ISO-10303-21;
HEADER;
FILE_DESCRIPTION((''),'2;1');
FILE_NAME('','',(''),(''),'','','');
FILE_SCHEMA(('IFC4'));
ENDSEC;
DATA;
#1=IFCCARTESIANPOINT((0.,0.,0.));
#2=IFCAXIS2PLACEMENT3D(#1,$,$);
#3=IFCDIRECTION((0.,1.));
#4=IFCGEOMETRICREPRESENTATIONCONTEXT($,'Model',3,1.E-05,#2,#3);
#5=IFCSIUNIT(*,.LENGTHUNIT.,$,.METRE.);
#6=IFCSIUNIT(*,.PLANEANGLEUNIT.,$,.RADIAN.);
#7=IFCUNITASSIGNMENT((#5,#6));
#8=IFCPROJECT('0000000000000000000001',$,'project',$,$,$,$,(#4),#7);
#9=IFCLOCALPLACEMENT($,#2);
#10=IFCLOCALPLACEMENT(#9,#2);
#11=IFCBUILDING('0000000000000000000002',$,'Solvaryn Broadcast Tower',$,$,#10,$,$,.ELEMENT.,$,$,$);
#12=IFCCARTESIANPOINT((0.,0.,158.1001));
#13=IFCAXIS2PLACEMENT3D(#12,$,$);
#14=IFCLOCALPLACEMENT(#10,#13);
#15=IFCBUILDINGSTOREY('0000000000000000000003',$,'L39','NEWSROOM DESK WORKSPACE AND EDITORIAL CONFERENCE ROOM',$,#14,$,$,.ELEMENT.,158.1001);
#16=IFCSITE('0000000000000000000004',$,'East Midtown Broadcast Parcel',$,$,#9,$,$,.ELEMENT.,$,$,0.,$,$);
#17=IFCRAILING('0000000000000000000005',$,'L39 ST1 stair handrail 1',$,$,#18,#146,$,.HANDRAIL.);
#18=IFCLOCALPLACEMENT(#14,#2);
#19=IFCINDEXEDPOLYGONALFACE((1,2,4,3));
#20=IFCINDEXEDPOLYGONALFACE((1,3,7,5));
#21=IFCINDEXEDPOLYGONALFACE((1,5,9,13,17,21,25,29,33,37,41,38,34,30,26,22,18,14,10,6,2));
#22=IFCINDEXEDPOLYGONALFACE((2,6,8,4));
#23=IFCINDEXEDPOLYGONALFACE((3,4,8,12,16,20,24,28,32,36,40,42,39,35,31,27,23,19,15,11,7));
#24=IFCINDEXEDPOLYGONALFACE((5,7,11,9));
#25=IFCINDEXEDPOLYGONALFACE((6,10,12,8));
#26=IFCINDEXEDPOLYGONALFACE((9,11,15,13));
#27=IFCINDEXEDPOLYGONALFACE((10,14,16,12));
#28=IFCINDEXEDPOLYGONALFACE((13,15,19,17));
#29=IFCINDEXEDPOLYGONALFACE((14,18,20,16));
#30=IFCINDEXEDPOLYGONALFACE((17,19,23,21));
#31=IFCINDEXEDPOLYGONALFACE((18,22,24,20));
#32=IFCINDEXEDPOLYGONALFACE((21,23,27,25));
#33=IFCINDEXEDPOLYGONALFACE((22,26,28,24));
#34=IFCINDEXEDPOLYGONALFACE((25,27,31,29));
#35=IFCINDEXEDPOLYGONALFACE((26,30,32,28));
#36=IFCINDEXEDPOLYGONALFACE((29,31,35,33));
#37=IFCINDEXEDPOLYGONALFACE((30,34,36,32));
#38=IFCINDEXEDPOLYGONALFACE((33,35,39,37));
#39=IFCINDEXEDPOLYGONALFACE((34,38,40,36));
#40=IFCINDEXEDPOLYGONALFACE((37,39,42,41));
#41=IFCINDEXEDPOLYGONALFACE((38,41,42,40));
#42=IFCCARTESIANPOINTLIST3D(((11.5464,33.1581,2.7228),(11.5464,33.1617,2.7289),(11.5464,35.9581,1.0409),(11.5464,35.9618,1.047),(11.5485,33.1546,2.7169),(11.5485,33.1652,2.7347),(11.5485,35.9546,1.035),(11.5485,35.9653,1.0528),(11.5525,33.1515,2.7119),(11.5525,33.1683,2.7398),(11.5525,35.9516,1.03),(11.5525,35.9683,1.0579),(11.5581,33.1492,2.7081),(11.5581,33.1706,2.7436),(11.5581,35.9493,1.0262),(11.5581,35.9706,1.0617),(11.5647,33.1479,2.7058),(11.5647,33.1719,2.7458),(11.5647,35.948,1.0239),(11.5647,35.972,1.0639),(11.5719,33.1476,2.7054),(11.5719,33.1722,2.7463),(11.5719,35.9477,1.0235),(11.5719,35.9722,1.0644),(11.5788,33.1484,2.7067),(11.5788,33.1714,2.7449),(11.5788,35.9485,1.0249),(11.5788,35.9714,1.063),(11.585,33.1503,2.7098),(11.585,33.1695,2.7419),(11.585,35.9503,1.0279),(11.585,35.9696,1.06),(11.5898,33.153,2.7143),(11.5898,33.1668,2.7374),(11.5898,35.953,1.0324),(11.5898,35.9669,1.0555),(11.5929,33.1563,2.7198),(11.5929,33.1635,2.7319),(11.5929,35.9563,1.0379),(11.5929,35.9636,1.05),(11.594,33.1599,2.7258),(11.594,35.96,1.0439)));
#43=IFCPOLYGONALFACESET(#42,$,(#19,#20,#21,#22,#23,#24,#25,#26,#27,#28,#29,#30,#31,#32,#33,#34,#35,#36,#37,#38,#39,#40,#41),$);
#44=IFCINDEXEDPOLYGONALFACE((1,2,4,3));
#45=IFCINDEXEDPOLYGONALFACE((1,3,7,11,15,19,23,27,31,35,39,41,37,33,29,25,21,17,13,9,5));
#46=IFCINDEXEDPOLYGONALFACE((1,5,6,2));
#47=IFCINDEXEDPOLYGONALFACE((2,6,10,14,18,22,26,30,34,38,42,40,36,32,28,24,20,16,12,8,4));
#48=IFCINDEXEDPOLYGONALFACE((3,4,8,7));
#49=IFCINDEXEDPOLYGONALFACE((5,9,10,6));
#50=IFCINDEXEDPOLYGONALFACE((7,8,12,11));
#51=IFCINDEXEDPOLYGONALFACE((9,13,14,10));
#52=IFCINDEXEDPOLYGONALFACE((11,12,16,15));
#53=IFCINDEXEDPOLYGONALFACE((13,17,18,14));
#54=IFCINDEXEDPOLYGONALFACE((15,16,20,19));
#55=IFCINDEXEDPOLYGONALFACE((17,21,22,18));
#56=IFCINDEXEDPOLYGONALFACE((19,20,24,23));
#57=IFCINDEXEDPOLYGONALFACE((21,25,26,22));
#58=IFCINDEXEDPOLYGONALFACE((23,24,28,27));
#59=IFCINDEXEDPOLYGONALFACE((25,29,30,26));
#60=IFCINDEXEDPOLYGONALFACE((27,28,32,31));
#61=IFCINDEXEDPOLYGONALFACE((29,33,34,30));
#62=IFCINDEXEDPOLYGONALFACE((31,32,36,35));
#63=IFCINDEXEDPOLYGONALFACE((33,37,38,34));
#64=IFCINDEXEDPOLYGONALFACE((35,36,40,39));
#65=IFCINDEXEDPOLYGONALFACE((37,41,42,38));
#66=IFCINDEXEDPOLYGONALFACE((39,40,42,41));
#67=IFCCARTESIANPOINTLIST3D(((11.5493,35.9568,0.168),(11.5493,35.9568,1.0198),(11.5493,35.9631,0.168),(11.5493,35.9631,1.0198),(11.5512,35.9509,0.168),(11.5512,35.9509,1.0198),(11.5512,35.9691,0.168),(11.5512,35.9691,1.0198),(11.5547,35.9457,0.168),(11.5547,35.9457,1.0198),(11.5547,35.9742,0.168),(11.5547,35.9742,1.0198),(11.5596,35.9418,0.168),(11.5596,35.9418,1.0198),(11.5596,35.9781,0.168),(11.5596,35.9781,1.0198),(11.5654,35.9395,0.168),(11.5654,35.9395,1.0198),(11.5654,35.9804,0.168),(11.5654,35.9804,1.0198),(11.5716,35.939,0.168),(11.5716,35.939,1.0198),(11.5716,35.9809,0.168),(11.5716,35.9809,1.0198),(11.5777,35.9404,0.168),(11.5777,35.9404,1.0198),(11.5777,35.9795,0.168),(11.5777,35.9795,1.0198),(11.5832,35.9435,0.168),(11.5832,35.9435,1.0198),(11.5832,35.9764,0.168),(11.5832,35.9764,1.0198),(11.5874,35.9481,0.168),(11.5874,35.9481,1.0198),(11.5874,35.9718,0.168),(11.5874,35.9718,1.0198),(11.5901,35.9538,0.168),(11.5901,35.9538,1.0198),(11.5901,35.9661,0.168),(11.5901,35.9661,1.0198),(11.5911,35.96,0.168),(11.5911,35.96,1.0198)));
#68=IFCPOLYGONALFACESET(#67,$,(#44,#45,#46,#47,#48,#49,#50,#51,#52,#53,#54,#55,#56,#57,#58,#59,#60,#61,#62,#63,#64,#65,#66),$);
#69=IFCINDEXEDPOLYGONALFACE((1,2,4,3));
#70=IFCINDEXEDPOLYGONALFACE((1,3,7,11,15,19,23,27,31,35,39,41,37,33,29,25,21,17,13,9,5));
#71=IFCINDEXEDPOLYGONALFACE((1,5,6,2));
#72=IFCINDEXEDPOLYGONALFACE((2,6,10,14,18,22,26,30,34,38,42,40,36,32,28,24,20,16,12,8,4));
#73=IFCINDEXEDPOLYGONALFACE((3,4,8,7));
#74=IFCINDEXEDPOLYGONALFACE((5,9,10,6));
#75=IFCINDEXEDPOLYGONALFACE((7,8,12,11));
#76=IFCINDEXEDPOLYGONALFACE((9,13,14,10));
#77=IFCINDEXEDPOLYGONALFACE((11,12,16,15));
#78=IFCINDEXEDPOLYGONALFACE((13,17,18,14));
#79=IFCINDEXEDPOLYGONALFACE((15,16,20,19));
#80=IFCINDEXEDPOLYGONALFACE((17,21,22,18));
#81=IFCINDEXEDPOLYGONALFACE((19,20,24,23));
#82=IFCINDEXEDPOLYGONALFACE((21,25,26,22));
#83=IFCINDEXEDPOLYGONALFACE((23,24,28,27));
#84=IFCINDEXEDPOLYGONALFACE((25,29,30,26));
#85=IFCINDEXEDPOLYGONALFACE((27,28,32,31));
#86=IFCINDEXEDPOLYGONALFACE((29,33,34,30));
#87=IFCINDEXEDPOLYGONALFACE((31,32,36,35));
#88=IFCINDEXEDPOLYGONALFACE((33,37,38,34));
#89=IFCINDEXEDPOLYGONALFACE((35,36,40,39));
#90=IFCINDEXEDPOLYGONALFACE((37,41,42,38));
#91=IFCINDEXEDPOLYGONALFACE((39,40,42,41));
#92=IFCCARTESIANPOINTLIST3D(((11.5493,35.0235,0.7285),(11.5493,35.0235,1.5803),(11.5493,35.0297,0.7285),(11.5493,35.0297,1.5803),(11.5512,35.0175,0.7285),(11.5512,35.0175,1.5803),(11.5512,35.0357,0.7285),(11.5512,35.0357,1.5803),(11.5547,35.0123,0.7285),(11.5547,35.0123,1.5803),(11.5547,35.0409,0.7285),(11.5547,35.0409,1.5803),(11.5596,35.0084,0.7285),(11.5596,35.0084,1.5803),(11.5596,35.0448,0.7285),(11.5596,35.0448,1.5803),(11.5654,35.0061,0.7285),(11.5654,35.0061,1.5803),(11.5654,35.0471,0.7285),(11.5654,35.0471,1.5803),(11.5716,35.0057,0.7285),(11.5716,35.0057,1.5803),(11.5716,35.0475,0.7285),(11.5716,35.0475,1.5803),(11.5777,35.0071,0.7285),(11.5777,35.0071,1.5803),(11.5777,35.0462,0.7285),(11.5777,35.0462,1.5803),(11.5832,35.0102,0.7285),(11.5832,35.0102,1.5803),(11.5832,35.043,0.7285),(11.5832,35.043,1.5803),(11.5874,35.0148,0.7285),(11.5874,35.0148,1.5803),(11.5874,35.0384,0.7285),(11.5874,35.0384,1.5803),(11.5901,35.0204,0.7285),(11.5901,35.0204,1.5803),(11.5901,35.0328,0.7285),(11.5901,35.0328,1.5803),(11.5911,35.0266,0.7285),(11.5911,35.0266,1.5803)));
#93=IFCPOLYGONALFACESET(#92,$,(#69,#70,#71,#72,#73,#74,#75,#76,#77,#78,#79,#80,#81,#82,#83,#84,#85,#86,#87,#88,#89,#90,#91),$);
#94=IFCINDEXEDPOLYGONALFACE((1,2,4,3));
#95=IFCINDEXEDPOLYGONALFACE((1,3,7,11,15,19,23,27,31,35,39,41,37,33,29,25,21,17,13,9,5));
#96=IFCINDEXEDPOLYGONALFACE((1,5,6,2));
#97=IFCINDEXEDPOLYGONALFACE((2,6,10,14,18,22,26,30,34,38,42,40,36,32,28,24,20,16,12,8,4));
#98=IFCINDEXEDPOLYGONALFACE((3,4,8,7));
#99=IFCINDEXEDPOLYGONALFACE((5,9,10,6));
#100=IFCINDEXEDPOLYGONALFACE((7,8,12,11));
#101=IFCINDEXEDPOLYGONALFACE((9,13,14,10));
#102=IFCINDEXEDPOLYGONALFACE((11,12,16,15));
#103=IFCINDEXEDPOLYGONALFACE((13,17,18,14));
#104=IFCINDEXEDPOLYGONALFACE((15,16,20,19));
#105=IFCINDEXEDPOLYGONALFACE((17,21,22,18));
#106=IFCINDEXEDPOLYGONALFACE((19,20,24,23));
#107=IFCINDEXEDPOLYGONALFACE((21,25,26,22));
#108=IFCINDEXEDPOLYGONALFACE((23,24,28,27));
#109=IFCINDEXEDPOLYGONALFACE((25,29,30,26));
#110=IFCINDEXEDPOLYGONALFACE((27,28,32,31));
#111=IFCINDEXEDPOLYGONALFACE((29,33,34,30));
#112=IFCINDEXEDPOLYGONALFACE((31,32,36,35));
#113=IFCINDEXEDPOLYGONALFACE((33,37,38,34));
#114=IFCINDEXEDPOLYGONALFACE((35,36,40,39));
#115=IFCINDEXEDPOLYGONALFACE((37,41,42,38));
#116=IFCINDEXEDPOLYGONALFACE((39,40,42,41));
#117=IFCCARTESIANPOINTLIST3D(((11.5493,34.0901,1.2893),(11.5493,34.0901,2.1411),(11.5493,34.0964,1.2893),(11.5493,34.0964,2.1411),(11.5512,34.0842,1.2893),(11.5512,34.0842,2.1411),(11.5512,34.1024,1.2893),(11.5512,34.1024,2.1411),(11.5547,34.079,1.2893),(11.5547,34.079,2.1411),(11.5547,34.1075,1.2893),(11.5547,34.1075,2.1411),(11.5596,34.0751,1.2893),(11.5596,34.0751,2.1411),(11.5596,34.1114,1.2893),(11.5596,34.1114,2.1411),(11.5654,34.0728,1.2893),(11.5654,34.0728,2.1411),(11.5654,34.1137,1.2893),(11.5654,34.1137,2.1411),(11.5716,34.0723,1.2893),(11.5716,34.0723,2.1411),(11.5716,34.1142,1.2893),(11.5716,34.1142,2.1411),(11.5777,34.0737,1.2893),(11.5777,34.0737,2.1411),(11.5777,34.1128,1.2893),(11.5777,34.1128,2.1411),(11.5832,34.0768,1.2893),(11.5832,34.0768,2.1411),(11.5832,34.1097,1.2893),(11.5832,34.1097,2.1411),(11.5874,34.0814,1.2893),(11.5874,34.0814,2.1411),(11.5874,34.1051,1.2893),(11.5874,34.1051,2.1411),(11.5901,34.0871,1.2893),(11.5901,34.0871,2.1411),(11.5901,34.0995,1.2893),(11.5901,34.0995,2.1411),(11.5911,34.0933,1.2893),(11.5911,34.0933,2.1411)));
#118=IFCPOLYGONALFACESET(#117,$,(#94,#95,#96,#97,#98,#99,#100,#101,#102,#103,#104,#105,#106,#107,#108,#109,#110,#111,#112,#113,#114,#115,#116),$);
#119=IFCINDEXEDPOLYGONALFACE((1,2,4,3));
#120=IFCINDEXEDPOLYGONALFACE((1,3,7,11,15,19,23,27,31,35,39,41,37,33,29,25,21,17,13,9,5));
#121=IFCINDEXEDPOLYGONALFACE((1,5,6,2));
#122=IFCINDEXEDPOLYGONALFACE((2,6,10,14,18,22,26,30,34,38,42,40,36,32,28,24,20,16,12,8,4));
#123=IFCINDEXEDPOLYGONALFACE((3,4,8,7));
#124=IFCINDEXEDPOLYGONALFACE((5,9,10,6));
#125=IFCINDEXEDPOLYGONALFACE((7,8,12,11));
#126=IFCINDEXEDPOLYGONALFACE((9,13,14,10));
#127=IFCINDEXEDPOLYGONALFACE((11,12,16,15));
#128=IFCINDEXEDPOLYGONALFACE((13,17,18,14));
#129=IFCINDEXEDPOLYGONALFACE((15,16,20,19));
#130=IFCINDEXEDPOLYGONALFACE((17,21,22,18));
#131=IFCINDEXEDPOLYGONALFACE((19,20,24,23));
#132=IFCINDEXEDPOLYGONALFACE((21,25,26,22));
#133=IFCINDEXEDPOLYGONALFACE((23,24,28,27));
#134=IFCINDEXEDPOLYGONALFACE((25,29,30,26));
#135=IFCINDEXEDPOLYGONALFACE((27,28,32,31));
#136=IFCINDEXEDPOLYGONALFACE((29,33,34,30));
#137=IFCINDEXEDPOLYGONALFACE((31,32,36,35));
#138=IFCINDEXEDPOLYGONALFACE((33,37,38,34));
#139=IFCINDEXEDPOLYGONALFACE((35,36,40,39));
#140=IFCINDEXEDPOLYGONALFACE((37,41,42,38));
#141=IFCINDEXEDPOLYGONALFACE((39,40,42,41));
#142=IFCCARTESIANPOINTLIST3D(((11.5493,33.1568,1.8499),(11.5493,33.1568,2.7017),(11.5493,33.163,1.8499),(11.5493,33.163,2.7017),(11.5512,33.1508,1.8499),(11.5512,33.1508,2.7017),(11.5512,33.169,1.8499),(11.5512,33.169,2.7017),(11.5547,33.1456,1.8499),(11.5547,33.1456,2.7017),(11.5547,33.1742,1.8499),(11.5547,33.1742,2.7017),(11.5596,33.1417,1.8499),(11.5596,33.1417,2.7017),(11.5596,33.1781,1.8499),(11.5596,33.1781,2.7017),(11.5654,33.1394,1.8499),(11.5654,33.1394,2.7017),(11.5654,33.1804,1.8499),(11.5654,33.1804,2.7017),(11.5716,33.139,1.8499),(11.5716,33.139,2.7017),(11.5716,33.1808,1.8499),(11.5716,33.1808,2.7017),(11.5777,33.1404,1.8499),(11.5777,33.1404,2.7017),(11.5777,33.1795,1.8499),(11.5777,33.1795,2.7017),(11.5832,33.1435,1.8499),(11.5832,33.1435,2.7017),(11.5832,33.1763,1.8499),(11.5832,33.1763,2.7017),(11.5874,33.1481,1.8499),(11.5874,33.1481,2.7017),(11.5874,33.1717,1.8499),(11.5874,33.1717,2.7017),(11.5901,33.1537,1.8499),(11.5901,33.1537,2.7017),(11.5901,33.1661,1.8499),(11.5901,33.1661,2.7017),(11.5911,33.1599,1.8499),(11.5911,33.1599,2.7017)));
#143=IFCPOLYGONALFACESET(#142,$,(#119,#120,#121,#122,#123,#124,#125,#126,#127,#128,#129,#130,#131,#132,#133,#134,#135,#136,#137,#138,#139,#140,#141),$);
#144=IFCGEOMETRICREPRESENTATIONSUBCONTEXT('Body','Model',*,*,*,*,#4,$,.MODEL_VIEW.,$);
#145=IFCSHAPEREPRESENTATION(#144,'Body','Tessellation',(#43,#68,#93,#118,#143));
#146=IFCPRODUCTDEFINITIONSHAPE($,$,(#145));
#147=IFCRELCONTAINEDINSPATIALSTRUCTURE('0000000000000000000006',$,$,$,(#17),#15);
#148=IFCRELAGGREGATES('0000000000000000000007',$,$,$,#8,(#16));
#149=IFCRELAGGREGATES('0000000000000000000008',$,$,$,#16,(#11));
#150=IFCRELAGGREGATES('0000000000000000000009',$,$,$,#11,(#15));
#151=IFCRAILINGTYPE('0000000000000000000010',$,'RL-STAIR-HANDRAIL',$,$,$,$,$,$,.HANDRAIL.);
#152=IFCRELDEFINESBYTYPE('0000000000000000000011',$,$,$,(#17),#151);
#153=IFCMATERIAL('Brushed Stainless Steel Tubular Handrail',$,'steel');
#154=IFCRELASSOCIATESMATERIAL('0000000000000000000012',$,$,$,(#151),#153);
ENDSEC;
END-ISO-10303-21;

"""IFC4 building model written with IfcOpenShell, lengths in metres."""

from ifc_helpers import new_model, si_unit, direction, frame, origin, origin_2d, place, context, subcontext, project, spatial, circle, extrude, material, type_object, element, save


model = new_model("IFC4")

# Units and contexts
model_context = context("Model", 3, precision=1e-05, world=origin(), true_north=direction((0.0, 1.0)))
body_context = subcontext(model_context, "Body", "Model", "MODEL_VIEW")
ifc_project = project(units=[si_unit("LENGTHUNIT", "METRE"), si_unit("PLANEANGLEUNIT", "RADIAN")], contexts=[model_context])

# Site, building, storey
site_placement = place(None, origin())
site = spatial("IfcSite", under=ifc_project, at=site_placement, Name="East Midtown Broadcast Parcel", CompositionType="ELEMENT", RefElevation=0.0)
building_placement = place(site_placement, origin())
building = spatial("IfcBuilding", under=site, at=building_placement, Name="Solvaryn Broadcast Tower", CompositionType="ELEMENT")
storey_placement = place(building_placement, frame((0.0, 0.0, 158.1001)))
storey = spatial("IfcBuildingStorey", under=building, at=storey_placement, Name="L39", Description="NEWSROOM DESK WORKSPACE AND EDITORIAL CONFERENCE ROOM", CompositionType="ELEMENT", Elevation=158.1001)

# Railing
ifc_material_1 = material(Name="Brushed Stainless Steel Tubular Handrail", Category="steel")
railing_type_1 = type_object("IfcRailingType", Name="RL-STAIR-HANDRAIL", PredefinedType="HANDRAIL", material=ifc_material_1)
railing_1_placement = place(storey_placement, frame((11.5701, 35.96, 0.168)))
element("IfcRailing", 1, at=railing_1_placement, inside=storey, type_object=railing_type_1, Name="L39 ST1 stair handrail 1", PredefinedType="HANDRAIL", context=body_context, shape_type="SweptSolid", body=[
    extrude(circle(Radius=0.0239, at=origin_2d()), frame((0.0, 0.0, 0.876), z_axis=(0.0, -0.857242, 0.514913), x_axis=(1.0, 0.0, 0.0)), (0.0, 0.0, 1.0), 3.2664),
    extrude(circle(Radius=0.021, at=origin_2d()), origin(), (0.0, 0.0, 1.0), 0.8518),
    extrude(circle(Radius=0.021, at=origin_2d()), frame((0.0, -0.9333, 0.5605)), (0.0, 0.0, 1.0), 0.8518),
    extrude(circle(Radius=0.021, at=origin_2d()), frame((0.0, -1.8667, 1.1213)), (0.0, 0.0, 1.0), 0.8518),
    extrude(circle(Radius=0.021, at=origin_2d()), frame((0.0, -2.8, 1.6819)), (0.0, 0.0, 1.0), 0.8518),
])

save(model, "model.ifc")
